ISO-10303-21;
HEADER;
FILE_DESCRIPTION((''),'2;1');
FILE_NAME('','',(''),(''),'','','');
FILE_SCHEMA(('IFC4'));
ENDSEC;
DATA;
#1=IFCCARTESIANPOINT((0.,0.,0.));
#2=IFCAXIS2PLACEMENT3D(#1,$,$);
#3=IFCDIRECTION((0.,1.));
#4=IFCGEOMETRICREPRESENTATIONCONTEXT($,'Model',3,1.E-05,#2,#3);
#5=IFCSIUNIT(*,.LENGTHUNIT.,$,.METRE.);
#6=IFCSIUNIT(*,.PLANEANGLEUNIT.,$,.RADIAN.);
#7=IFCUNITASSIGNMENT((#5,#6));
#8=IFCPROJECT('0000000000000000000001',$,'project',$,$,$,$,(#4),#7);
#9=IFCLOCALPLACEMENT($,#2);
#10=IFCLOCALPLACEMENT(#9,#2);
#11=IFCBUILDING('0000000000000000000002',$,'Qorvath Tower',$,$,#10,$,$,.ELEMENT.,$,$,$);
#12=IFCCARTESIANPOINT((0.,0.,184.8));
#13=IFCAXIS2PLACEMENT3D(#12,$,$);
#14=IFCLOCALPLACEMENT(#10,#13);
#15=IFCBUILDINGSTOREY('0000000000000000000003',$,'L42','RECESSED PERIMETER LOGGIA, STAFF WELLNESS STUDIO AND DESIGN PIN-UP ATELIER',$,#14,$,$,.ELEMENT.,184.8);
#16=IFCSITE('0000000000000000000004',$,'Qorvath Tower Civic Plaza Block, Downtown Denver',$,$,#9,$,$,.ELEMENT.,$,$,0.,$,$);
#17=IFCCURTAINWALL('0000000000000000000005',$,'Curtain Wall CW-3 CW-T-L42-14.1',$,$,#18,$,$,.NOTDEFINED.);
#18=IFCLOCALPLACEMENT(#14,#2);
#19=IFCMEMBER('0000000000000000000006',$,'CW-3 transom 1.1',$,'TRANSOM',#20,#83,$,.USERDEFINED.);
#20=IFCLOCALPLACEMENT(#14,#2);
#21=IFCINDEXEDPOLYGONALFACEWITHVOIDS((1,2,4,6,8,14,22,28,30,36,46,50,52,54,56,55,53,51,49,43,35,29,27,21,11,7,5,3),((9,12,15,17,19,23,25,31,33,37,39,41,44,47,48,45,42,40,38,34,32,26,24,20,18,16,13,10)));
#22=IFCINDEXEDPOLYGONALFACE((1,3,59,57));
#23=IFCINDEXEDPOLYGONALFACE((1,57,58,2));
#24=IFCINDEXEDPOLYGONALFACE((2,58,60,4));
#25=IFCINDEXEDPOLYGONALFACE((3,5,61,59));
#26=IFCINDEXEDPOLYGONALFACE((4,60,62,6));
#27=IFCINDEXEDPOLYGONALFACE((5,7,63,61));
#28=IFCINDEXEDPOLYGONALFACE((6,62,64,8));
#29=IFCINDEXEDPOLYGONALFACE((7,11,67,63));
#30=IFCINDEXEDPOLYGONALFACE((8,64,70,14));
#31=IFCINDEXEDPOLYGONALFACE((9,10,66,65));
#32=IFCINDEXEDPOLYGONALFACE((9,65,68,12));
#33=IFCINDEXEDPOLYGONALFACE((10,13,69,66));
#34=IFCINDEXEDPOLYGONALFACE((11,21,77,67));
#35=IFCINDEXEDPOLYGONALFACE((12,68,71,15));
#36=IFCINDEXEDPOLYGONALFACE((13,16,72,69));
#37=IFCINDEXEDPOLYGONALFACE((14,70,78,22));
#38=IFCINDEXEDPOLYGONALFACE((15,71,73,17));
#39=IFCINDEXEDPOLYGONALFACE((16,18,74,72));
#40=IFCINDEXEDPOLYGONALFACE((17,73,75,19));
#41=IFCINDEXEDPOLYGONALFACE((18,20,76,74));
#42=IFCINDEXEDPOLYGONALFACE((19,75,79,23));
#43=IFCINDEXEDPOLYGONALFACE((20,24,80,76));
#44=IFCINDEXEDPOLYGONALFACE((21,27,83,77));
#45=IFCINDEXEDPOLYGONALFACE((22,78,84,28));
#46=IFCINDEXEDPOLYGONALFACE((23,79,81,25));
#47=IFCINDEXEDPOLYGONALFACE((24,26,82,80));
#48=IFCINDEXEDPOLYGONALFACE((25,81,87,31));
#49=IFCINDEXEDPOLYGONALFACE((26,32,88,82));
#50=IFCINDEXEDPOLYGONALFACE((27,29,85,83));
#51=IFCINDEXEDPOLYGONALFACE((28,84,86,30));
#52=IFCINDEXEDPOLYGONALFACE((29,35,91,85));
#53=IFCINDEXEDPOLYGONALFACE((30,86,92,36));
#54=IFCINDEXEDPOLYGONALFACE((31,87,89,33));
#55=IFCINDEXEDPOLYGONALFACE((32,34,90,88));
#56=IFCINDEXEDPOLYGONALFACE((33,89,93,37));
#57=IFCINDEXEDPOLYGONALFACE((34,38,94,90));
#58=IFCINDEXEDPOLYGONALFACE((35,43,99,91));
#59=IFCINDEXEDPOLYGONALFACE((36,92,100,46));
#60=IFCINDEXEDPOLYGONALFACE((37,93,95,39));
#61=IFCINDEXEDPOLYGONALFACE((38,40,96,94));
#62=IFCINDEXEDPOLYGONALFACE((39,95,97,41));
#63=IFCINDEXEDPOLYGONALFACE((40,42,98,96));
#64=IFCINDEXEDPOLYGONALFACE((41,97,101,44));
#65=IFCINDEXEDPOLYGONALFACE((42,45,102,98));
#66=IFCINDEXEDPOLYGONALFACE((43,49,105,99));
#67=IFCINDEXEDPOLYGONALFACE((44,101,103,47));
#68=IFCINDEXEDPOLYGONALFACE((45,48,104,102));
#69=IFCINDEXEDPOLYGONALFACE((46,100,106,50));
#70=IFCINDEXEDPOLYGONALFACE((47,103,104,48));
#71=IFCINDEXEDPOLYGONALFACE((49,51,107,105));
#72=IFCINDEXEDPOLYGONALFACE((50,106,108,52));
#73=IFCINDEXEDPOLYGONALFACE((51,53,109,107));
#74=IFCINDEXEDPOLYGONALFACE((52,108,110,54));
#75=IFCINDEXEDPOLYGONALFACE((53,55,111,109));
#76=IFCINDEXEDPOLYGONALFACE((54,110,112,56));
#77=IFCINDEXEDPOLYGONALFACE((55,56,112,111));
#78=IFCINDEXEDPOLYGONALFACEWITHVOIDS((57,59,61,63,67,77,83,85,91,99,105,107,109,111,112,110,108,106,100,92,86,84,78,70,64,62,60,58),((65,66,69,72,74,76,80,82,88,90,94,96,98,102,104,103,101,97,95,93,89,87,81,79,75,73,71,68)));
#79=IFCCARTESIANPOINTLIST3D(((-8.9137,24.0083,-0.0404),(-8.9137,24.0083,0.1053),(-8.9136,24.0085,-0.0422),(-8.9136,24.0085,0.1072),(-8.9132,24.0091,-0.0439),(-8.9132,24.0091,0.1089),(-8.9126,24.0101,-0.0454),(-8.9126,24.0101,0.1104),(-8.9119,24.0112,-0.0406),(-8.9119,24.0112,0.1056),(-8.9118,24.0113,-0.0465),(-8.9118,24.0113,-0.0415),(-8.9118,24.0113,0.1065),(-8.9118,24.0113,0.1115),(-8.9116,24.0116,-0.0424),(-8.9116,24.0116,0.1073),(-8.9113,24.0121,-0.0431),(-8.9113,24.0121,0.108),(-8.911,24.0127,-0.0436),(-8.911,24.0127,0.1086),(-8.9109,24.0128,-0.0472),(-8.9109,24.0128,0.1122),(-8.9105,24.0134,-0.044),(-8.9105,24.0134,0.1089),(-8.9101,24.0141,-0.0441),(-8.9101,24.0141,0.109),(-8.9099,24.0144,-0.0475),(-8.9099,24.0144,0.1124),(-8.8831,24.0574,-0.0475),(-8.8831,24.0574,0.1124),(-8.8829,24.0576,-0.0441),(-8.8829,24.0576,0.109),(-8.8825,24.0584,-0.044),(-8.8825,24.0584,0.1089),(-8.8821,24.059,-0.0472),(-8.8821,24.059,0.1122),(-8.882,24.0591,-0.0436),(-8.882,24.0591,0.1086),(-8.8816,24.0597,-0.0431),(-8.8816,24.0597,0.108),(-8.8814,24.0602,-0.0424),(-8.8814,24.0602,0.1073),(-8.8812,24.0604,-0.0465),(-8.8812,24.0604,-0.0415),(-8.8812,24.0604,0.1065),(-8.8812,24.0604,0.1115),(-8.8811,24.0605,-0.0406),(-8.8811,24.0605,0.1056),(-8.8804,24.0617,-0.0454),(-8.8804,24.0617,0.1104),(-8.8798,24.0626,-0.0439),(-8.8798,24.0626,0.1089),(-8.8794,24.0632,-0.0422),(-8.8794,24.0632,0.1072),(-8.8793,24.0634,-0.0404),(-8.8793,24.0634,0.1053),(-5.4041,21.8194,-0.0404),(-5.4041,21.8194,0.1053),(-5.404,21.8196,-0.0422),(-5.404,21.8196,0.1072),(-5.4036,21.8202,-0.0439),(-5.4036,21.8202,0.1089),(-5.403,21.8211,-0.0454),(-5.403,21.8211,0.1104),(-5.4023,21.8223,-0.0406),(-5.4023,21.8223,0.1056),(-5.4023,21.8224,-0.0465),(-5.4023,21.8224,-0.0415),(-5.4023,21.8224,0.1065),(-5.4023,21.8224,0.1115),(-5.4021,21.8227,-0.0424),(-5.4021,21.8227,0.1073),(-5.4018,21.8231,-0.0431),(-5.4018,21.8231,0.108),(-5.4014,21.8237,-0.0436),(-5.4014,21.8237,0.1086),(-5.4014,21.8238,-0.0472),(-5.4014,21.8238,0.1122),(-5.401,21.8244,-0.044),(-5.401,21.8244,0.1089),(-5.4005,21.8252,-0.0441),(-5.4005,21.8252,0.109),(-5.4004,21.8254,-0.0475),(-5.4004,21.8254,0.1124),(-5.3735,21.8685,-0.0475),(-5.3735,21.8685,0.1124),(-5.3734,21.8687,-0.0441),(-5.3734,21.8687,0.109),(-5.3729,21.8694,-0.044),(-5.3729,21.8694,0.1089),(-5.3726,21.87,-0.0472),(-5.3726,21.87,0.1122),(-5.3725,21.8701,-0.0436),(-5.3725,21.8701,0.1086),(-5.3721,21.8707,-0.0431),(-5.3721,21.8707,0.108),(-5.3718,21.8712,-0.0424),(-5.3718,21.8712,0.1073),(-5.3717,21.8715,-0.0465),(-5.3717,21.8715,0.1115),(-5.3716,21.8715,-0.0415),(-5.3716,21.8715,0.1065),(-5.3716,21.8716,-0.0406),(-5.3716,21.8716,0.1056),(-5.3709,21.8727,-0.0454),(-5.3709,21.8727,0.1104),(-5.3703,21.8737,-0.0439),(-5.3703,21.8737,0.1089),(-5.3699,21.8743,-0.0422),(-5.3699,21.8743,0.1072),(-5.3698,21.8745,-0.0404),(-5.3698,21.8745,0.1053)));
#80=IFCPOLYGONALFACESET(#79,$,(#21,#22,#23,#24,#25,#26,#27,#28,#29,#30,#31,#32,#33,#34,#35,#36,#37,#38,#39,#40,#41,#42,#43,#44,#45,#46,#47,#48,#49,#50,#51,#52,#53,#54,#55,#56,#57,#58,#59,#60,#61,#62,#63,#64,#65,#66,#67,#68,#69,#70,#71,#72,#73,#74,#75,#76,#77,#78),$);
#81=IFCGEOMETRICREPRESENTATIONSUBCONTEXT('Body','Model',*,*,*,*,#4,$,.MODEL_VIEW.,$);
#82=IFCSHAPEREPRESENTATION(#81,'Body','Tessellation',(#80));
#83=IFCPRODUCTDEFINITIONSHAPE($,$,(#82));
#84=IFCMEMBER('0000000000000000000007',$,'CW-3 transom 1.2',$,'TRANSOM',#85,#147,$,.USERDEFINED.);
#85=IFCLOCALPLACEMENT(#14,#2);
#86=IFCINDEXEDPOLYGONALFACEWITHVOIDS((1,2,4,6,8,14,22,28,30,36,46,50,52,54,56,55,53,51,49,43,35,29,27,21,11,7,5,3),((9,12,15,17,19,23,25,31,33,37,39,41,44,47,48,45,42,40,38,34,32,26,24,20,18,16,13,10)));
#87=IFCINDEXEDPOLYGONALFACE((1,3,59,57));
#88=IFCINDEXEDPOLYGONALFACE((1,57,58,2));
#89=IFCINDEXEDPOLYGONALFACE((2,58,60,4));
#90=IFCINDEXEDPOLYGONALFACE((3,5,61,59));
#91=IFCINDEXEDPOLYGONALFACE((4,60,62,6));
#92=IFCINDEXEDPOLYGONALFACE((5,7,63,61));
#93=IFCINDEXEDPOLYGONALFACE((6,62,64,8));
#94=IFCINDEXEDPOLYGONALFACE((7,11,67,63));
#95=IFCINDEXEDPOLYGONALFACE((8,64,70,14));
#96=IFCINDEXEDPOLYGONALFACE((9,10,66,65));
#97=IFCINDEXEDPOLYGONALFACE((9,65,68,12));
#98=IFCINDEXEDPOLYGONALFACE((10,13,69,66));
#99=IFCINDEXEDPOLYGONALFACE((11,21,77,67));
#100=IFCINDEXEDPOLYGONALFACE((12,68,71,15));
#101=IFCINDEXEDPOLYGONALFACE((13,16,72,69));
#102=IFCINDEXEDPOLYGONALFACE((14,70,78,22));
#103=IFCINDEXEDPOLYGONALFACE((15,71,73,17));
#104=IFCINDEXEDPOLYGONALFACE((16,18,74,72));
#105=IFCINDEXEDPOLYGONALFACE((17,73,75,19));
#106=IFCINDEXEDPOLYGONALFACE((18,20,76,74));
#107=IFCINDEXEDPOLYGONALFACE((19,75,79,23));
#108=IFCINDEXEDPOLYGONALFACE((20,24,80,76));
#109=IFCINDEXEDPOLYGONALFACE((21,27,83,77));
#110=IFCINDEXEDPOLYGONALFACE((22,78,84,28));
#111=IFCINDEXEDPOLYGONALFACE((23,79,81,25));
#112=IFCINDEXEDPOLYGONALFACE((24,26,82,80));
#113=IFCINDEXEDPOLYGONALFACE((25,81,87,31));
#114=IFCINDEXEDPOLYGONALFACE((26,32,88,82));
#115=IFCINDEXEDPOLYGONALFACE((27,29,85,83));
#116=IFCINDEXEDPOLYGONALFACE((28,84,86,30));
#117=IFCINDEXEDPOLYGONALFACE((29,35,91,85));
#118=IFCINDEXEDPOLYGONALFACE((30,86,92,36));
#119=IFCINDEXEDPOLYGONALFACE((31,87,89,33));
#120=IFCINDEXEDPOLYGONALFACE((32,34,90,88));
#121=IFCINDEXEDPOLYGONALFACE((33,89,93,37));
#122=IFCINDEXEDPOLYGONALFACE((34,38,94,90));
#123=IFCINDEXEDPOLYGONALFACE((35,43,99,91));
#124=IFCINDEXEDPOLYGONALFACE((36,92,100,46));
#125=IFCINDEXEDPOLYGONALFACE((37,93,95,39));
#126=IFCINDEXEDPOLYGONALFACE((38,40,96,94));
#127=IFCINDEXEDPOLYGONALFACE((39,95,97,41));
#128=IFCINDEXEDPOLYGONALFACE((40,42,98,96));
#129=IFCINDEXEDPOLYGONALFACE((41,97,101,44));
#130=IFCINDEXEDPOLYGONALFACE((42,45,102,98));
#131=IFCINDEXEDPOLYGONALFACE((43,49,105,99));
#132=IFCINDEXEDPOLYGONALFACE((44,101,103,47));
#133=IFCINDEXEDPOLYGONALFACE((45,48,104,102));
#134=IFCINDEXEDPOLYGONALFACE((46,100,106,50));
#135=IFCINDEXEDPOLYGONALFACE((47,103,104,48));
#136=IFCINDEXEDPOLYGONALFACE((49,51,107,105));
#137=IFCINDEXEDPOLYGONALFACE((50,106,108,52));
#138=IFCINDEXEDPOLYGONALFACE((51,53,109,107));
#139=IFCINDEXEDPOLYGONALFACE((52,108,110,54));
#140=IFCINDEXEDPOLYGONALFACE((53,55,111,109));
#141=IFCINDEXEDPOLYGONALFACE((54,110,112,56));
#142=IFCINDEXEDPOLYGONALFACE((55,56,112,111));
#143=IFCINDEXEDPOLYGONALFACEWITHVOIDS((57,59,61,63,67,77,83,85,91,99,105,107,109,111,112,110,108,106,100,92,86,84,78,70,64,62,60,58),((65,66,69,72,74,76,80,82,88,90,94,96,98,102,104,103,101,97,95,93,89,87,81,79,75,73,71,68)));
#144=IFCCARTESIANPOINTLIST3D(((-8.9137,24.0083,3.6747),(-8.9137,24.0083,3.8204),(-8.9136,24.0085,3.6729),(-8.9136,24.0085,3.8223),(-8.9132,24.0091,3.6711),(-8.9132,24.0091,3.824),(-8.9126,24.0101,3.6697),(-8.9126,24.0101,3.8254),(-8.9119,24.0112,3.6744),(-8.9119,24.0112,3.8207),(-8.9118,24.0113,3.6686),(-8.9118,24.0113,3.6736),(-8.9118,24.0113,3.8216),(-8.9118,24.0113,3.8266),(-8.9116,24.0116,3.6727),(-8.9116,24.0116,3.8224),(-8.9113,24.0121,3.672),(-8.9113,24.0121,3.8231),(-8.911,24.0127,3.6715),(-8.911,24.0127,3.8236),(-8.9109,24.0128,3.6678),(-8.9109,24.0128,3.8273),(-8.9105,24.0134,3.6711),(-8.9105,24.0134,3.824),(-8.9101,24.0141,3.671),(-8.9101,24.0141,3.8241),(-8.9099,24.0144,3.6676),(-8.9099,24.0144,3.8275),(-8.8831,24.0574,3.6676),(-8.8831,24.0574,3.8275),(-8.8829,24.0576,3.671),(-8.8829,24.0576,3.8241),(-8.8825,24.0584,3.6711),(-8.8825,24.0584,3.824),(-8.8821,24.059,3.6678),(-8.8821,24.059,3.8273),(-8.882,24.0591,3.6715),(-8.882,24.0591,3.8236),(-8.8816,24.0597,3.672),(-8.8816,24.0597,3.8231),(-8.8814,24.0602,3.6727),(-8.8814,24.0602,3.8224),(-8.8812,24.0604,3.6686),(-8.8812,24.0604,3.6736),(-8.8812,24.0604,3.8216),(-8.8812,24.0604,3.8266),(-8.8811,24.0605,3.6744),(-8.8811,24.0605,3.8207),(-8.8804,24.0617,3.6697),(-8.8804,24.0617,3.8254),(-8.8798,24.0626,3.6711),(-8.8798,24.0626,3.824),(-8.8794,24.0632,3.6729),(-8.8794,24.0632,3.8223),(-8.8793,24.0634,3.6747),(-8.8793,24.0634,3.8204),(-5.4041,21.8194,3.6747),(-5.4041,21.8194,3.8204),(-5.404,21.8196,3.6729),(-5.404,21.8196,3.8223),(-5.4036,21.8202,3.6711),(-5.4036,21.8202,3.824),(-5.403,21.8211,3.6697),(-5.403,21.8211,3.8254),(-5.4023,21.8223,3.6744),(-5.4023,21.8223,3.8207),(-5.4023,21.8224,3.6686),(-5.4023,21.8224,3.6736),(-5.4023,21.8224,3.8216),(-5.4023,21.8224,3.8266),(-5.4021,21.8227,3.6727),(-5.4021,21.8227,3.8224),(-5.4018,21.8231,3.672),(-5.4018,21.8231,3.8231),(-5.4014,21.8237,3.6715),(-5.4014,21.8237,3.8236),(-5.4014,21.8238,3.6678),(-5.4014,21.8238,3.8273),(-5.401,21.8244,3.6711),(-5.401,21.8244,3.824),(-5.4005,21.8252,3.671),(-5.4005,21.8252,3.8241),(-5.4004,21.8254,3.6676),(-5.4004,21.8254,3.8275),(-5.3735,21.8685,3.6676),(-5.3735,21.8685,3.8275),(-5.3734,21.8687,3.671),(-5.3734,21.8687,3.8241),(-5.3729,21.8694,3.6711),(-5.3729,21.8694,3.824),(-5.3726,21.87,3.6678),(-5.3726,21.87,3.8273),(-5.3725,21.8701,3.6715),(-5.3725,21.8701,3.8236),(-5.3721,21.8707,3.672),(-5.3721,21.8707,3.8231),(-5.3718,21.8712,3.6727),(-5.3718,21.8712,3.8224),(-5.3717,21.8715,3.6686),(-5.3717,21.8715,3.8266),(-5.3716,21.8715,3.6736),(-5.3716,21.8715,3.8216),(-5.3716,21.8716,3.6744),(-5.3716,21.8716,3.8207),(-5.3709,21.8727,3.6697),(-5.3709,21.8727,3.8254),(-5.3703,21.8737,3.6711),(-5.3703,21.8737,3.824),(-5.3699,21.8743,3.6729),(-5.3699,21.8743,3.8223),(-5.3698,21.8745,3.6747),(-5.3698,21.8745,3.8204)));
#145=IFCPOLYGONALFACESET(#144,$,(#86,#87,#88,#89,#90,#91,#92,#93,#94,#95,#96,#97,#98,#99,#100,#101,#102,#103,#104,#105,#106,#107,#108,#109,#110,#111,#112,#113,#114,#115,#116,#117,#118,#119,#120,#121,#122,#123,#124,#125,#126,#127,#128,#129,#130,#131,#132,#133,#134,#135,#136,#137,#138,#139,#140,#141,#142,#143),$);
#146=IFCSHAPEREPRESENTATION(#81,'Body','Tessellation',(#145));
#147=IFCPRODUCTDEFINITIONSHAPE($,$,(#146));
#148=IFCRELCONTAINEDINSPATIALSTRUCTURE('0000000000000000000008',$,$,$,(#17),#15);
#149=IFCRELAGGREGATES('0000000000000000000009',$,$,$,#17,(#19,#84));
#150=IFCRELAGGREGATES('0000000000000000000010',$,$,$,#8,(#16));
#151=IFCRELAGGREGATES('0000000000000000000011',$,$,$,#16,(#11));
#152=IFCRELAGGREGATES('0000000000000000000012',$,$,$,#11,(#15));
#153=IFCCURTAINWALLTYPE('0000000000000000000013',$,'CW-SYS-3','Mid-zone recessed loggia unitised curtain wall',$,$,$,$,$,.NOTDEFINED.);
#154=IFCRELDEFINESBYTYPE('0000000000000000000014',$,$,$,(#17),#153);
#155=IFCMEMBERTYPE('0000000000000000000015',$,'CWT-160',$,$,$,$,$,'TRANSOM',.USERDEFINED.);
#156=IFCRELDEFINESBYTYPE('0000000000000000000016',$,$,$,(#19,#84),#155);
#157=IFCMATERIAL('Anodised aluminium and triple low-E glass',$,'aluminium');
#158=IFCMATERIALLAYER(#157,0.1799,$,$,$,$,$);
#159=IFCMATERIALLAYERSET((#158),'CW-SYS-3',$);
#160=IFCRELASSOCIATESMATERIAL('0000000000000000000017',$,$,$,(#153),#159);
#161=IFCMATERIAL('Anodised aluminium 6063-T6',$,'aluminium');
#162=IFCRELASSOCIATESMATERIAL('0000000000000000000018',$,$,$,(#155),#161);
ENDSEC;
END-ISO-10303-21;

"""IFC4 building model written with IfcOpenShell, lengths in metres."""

from ifc_helpers import new_model, si_unit, direction, frame, origin, origin_2d, place, context, subcontext, project, spatial, hollow_rectangle, extrude, material, layer, layer_set, material_profile, profile_set, type_object, element, aggregate, save


model = new_model("IFC4")

# Units and contexts
model_context = context("Model", 3, precision=1e-05, world=origin(), true_north=direction((0.0, 1.0)))
body_context = subcontext(model_context, "Body", "Model", "MODEL_VIEW")
ifc_project = project(units=[si_unit("LENGTHUNIT", "METRE"), si_unit("PLANEANGLEUNIT", "RADIAN")], contexts=[model_context])

# Site, building, storey
site_placement = place(None, origin())
site = spatial("IfcSite", under=ifc_project, at=site_placement, Name="Qorvath Tower Civic Plaza Block, Downtown Denver", CompositionType="ELEMENT", RefElevation=0.0)
building_placement = place(site_placement, origin())
building = spatial("IfcBuilding", under=site, at=building_placement, Name="Qorvath Tower", CompositionType="ELEMENT")
storey_placement = place(building_placement, frame((0.0, 0.0, 184.8)))
storey = spatial("IfcBuildingStorey", under=building, at=storey_placement, Name="L42", Description="RECESSED PERIMETER LOGGIA, STAFF WELLNESS STUDIO AND DESIGN PIN-UP ATELIER", CompositionType="ELEMENT", Elevation=184.8)

# Shared definitions
ifc_material_1 = material(Name="Anodised aluminium and triple low-E glass", Category="aluminium")
ifc_layer_1 = layer(ifc_material_1, 0.1799)
ifc_layer_set_1 = layer_set([ifc_layer_1], Name="CW-SYS-3")
curtain_wall_type = type_object("IfcCurtainWallType", Name="CW-SYS-3", Description="Mid-zone recessed loggia unitised curtain wall", PredefinedType="NOTDEFINED", material=ifc_layer_set_1)

# Curtain wall
curtain_wall_1_placement = place(storey_placement, origin())
curtain_wall_1 = element("IfcCurtainWall", 1, at=curtain_wall_1_placement, inside=storey, type_object=curtain_wall_type, Name="Curtain Wall CW-3 CW-T-L42-14.1", PredefinedType="NOTDEFINED")

# Members
ifc_material_2 = material(Name="Anodised aluminium 6063-T6", Category="aluminium")
ifc_material_profile_1 = material_profile(ifc_material_2, hollow_rectangle(XDim=0.0649, YDim=0.1599, WallThickness=0.0034, InnerFilletRadius=0.0034, OuterFilletRadius=0.0071, at=origin_2d()), Name="CWT 160x65")
ifc_profile_set_1 = profile_set([ifc_material_profile_1], Name="Anodised aluminium 6063-T6")
member_type_1 = type_object("IfcMemberType", Name="CWT-160", ElementType="TRANSOM", PredefinedType="USERDEFINED", material=ifc_profile_set_1)
member_1_placement = place(storey_placement, frame((-5.387, 21.8469, 0.0325), z_axis=(-0.848485, 0.529219, 0.0), x_axis=(-0.529219, -0.848485, 0.0)))
member_1 = element("IfcMember", 2, at=member_1_placement, type_object=member_type_1, Name="CW-3 transom 1.1", ObjectType="TRANSOM", PredefinedType="USERDEFINED", context=body_context, shape_type="SweptSolid", body=[
    extrude(hollow_rectangle(XDim=0.0649, YDim=0.1599, WallThickness=0.0034, InnerFilletRadius=0.0034, OuterFilletRadius=0.0071, at=origin_2d()), origin(), (0.0, 0.0, 1.0), 4.1362),
])
member_2_placement = place(storey_placement, frame((-5.387, 21.8469, 3.7476), z_axis=(-0.848485, 0.529219, 0.0), x_axis=(-0.529219, -0.848485, 0.0)))
member_2 = element("IfcMember", 3, at=member_2_placement, type_object=member_type_1, Name="CW-3 transom 1.2", ObjectType="TRANSOM", PredefinedType="USERDEFINED", context=body_context, shape_type="SweptSolid", body=[
    extrude(hollow_rectangle(XDim=0.0649, YDim=0.1599, WallThickness=0.0034, InnerFilletRadius=0.0034, OuterFilletRadius=0.0071, at=origin_2d()), origin(), (0.0, 0.0, 1.0), 4.1362),
])

aggregate(curtain_wall_1, [member_1, member_2])

save(model, "model.ifc")
